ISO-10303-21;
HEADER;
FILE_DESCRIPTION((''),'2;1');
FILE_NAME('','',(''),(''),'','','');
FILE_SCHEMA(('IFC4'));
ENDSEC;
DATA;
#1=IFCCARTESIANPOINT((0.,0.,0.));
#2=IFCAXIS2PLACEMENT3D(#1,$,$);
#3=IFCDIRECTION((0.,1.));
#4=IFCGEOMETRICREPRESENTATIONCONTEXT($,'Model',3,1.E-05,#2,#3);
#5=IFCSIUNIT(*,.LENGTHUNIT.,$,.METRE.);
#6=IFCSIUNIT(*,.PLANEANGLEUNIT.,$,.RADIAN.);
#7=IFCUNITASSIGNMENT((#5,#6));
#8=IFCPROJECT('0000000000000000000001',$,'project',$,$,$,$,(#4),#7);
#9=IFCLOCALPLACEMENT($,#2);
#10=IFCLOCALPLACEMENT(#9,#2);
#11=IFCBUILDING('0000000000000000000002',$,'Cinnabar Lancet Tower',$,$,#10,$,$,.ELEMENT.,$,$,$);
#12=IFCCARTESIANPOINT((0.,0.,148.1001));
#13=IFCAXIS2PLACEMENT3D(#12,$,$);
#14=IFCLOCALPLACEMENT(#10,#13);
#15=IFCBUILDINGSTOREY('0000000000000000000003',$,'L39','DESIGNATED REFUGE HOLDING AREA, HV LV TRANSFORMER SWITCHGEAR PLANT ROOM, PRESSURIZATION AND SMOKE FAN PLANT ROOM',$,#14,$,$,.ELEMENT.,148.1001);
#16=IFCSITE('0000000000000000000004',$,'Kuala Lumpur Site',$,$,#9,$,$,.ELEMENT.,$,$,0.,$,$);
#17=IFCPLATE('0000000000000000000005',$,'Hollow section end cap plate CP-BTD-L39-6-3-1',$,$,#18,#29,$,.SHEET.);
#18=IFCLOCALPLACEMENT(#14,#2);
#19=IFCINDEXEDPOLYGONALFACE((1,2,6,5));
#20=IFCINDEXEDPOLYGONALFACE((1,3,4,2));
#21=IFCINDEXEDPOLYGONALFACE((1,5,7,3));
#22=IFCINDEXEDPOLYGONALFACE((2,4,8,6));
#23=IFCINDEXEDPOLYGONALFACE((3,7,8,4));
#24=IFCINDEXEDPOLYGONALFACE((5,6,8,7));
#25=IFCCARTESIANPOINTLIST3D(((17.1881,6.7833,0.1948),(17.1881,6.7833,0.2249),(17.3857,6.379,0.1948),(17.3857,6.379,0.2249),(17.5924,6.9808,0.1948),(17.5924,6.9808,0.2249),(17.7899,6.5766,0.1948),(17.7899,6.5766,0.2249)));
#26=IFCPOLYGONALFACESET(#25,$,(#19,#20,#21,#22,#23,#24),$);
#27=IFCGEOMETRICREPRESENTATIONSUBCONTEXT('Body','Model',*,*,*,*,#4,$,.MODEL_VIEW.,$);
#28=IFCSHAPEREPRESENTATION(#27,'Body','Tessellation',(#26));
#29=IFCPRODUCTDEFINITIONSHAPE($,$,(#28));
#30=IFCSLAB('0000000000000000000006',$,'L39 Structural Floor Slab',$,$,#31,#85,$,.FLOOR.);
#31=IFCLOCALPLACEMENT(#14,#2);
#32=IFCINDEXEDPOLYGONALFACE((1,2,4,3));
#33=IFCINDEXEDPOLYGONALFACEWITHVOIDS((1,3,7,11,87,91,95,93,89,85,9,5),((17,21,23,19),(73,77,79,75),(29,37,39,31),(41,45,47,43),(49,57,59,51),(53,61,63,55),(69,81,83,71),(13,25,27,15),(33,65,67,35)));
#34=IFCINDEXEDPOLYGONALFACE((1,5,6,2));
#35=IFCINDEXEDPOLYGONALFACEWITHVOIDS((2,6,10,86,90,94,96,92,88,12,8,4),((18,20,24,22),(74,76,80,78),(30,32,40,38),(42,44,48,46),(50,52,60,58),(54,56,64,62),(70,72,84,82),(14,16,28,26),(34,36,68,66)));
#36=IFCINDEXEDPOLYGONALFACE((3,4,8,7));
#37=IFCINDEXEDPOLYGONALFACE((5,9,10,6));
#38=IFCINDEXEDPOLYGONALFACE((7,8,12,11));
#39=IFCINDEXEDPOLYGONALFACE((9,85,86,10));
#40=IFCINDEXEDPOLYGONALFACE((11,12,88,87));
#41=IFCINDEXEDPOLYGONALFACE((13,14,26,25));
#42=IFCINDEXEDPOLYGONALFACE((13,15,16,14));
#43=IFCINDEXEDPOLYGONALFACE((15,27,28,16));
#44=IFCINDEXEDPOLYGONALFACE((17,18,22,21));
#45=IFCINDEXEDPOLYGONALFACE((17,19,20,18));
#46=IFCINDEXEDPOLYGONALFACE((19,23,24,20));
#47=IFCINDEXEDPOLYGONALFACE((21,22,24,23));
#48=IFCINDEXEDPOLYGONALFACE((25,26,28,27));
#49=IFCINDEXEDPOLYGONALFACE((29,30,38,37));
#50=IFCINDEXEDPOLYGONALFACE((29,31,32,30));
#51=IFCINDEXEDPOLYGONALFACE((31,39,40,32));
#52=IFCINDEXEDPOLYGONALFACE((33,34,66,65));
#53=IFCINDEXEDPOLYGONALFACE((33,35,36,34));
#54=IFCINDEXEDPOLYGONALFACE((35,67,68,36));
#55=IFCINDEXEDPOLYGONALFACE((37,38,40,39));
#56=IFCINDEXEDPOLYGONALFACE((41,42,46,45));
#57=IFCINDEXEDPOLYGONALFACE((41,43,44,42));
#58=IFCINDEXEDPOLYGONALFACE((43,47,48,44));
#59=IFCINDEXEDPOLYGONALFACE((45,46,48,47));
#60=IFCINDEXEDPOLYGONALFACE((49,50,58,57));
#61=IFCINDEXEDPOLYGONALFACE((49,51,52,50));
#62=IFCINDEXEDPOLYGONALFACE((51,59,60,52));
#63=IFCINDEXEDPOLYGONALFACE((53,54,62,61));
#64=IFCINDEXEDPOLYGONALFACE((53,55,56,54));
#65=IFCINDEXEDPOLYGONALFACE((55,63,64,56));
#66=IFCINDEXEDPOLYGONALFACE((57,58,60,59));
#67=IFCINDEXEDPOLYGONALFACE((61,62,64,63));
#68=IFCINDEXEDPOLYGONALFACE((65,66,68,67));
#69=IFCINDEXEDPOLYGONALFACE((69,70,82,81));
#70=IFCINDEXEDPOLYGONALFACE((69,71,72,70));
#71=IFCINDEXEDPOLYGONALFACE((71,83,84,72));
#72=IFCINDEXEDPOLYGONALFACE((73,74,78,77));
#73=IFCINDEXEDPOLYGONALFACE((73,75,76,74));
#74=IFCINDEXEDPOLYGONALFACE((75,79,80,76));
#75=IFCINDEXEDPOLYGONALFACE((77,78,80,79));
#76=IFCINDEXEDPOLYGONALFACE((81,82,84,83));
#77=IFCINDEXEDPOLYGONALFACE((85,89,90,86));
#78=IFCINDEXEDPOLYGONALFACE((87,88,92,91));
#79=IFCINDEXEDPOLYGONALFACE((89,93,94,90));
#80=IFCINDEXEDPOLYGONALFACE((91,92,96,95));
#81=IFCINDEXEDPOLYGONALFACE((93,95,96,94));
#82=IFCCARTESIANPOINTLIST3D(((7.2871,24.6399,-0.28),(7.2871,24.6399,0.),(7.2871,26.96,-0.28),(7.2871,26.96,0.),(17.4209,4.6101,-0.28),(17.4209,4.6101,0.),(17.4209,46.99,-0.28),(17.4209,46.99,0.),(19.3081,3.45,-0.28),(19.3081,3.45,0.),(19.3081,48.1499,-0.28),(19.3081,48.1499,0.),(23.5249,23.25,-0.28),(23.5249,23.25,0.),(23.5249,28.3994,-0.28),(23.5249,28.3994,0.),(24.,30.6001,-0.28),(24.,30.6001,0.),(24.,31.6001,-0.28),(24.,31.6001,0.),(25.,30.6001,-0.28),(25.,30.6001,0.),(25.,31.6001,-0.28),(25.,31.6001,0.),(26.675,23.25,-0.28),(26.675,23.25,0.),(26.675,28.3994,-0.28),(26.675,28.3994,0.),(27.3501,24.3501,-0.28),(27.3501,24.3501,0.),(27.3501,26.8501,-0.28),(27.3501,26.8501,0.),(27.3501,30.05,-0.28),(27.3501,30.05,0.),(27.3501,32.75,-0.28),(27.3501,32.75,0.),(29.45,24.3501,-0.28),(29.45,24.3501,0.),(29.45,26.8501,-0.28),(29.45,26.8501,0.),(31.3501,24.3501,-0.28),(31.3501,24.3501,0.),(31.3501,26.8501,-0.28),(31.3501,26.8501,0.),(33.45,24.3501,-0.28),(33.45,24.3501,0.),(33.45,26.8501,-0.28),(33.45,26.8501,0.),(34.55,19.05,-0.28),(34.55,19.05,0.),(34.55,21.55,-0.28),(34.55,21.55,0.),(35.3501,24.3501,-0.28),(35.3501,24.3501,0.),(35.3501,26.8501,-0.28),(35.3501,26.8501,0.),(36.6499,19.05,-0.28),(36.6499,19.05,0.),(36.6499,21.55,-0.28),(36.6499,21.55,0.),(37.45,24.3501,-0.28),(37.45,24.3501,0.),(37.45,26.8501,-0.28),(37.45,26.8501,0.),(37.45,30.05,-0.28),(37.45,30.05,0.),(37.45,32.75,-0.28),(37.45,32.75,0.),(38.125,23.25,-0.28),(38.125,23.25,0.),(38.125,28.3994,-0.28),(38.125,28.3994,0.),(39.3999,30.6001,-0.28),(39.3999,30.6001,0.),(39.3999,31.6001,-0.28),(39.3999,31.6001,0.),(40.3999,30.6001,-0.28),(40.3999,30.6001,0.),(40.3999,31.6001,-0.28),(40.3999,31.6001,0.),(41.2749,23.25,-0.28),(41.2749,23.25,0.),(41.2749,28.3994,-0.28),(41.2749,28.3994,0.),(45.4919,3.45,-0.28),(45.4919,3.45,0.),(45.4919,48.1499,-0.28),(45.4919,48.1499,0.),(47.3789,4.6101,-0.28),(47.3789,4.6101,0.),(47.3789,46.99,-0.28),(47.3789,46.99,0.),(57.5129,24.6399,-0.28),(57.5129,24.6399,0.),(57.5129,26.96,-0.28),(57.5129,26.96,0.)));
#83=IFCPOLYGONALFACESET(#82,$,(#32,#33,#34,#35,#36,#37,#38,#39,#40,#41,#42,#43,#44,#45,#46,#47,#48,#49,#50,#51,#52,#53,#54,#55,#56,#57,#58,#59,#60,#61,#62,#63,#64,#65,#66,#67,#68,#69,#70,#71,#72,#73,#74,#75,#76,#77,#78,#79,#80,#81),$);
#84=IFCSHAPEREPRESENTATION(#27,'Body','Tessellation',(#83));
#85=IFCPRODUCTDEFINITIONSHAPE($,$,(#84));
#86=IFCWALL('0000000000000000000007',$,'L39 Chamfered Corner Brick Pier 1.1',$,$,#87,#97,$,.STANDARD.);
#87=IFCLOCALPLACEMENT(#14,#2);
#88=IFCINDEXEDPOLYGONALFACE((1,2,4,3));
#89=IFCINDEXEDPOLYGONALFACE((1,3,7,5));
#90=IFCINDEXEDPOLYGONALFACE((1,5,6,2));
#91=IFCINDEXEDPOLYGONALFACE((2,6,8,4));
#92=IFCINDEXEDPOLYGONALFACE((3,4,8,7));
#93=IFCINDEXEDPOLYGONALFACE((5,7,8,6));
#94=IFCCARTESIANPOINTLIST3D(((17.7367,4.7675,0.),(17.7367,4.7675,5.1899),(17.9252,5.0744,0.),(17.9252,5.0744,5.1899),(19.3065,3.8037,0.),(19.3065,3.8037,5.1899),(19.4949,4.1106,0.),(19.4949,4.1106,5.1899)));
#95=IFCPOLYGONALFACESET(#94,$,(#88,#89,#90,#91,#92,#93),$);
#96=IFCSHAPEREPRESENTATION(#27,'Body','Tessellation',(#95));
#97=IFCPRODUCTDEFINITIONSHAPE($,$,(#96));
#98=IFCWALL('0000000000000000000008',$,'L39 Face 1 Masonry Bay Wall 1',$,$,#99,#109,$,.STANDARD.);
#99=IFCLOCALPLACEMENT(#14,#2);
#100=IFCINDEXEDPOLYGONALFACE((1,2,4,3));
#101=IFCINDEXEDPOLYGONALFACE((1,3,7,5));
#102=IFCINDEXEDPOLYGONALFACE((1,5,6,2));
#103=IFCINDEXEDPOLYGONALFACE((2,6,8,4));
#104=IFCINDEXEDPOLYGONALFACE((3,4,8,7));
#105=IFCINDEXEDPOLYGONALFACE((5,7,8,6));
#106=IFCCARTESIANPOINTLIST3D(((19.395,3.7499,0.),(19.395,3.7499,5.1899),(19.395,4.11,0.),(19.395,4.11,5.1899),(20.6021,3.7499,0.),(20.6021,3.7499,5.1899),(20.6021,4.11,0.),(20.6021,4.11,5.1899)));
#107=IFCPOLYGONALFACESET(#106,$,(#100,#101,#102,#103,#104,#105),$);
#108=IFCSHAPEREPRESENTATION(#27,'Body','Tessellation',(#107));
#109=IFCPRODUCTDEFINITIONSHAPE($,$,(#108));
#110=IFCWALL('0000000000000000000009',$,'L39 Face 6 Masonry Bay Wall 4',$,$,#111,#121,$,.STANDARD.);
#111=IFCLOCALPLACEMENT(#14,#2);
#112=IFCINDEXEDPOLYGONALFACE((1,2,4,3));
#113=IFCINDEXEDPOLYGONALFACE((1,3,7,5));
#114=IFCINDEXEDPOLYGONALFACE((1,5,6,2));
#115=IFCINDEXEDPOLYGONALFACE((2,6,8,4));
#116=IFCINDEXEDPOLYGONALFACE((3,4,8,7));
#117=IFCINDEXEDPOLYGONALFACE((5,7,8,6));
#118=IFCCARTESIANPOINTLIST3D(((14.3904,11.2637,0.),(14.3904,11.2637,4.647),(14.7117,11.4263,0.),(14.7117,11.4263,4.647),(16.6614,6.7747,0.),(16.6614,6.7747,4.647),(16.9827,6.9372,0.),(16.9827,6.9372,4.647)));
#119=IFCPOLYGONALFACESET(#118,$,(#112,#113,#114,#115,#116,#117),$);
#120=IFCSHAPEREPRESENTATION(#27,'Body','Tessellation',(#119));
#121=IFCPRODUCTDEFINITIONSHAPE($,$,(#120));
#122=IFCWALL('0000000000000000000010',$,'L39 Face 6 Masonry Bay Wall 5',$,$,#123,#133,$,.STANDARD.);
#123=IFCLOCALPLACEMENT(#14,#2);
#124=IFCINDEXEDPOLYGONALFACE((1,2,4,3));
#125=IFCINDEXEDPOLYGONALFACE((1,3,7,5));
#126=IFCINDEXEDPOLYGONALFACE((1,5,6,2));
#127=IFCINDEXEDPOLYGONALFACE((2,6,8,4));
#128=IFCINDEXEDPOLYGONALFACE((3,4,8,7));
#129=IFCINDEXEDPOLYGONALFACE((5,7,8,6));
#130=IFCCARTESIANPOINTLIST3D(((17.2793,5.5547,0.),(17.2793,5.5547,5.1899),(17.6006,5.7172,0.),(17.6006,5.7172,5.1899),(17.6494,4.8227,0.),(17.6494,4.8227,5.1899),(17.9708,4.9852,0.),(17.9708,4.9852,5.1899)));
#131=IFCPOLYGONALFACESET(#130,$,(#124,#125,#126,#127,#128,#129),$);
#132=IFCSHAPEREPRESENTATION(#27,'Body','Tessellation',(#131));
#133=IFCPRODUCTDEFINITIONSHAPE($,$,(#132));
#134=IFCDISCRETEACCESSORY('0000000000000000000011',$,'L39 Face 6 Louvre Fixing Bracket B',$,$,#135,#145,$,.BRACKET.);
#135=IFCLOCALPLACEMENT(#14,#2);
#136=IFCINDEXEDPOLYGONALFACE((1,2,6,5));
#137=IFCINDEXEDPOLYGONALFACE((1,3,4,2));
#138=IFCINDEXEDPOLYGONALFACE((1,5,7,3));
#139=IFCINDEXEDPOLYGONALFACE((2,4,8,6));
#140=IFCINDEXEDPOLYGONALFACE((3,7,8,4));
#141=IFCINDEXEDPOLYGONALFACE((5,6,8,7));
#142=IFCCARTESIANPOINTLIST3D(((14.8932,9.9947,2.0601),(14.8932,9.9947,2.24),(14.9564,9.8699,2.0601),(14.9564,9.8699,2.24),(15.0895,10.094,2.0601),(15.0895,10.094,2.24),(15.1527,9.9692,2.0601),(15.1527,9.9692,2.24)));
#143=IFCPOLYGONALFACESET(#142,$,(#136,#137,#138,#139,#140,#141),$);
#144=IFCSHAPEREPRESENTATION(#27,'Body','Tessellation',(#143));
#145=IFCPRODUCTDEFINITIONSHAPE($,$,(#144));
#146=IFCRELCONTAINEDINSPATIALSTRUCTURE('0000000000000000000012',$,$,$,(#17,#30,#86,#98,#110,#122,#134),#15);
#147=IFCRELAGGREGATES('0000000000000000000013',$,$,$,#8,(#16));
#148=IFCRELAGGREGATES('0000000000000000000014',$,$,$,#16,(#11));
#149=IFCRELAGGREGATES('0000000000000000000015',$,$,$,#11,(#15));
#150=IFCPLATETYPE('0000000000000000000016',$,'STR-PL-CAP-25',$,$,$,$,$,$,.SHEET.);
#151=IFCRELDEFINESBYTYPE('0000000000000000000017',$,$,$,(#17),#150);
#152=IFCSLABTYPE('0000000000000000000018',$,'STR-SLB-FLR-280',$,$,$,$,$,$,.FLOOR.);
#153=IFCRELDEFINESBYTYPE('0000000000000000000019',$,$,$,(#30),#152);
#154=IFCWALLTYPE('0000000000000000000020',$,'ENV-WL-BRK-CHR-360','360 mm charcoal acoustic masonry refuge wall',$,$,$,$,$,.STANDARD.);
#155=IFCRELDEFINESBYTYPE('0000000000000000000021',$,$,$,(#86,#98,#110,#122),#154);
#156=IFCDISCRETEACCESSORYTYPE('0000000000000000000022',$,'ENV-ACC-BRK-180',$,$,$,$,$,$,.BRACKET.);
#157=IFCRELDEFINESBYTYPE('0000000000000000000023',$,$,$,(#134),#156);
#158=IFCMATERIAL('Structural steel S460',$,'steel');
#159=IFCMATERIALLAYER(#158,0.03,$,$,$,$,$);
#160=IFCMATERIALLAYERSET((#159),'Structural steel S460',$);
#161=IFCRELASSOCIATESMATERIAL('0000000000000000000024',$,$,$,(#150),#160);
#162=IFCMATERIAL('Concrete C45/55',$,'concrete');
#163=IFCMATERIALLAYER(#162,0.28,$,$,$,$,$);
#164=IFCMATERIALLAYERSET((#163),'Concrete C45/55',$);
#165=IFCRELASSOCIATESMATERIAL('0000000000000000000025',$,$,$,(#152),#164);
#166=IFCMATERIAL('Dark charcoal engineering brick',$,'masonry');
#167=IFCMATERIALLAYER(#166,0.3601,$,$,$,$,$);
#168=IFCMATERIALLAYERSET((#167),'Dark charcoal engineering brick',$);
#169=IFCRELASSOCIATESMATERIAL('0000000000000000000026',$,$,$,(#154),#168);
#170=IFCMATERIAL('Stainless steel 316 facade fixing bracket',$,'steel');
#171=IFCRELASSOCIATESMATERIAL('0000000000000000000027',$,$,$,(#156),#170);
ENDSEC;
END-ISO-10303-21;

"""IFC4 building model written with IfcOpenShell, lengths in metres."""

from ifc_helpers import new_model, si_unit, direction, frame, frame_2d, origin, origin_2d, place, context, subcontext, project, spatial, polyline, rectangle, outline, extrude, material, layer, layer_set, type_object, element, save


model = new_model("IFC4")

# Units and contexts
model_context = context("Model", 3, precision=1e-05, world=origin(), true_north=direction((0.0, 1.0)))
body_context = subcontext(model_context, "Body", "Model", "MODEL_VIEW")
ifc_project = project(units=[si_unit("LENGTHUNIT", "METRE"), si_unit("PLANEANGLEUNIT", "RADIAN")], contexts=[model_context])

# Site, building, storey
site_placement = place(None, origin())
site = spatial("IfcSite", under=ifc_project, at=site_placement, Name="Kuala Lumpur Site", CompositionType="ELEMENT", RefElevation=0.0)
building_placement = place(site_placement, origin())
building = spatial("IfcBuilding", under=site, at=building_placement, Name="Cinnabar Lancet Tower", CompositionType="ELEMENT")
storey_placement = place(building_placement, frame((0.0, 0.0, 148.1001)))
storey = spatial("IfcBuildingStorey", under=building, at=storey_placement, Name="L39", Description="DESIGNATED REFUGE HOLDING AREA, HV LV TRANSFORMER SWITCHGEAR PLANT ROOM, PRESSURIZATION AND SMOKE FAN PLANT ROOM", CompositionType="ELEMENT", Elevation=148.1001)

# Plate
ifc_material_1 = material(Name="Structural steel S460", Category="steel")
ifc_layer_1 = layer(ifc_material_1, 0.03)
ifc_layer_set_1 = layer_set([ifc_layer_1], Name="Structural steel S460")
plate_type = type_object("IfcPlateType", Name="STR-PL-CAP-25", PredefinedType="SHEET", material=ifc_layer_set_1)
for number, where, z_axis, x_axis, name in (
    (1, (17.489, 6.6799, 0.1948), (0.0, 0.0, 1.0), (0.439061, -0.898457, 0.0), "Hollow section end cap plate CP-BTD-L39-6-3-1"),
):
    element("IfcPlate", number, at=place(storey_placement, frame(where, z_axis=z_axis, x_axis=x_axis)), inside=storey, type_object=plate_type, Name=name, PredefinedType="SHEET", context=body_context, shape_type="SweptSolid", body=[
        extrude(rectangle(XDim=0.45, YDim=0.45, at=origin_2d()), origin(), (0.0, 0.0, 1.0), 0.03),
    ])

# Slab
ifc_material_2 = material(Name="Concrete C45/55", Category="concrete")
ifc_layer_2 = layer(ifc_material_2, 0.28)
ifc_layer_set_2 = layer_set([ifc_layer_2], Name="Concrete C45/55")
slab_type_1 = type_object("IfcSlabType", Name="STR-SLB-FLR-280", PredefinedType="FLOOR", material=ifc_layer_set_2)
slab_1_placement = place(storey_placement, frame((0.0, 0.0, -0.28)))
element("IfcSlab", 2, at=slab_1_placement, inside=storey, type_object=slab_type_1, Name="L39 Structural Floor Slab", PredefinedType="FLOOR", context=body_context, shape_type="SweptSolid", body=[
    extrude(outline(polyline([(17.4209, 4.6101), (19.3081, 3.45), (45.4919, 3.45), (47.3789, 4.6101), (57.5129, 24.6399), (57.5129, 26.96), (47.3789, 46.99), (45.4919, 48.1499), (19.3081, 48.1499), (17.4209, 46.99), (7.2871, 26.96), (7.2871, 24.6399), (17.4209, 4.6101)]), holes=[polyline([(23.5249, 23.25), (26.675, 23.25), (26.675, 28.3994), (23.5249, 28.3994), (23.5249, 23.25)]), polyline([(38.125, 23.25), (41.2749, 23.25), (41.2749, 28.3994), (38.125, 28.3994), (38.125, 23.25)]), polyline([(27.3501, 30.05), (37.45, 30.05), (37.45, 32.75), (27.3501, 32.75), (27.3501, 30.05)]), polyline([(34.55, 19.05), (36.6499, 19.05), (36.6499, 21.55), (34.55, 21.55), (34.55, 19.05)]), polyline([(27.3501, 24.3501), (29.45, 24.3501), (29.45, 26.8501), (27.3501, 26.8501), (27.3501, 24.3501)]), polyline([(35.3501, 24.3501), (37.45, 24.3501), (37.45, 26.8501), (35.3501, 26.8501), (35.3501, 24.3501)]), polyline([(31.3501, 24.3501), (33.45, 24.3501), (33.45, 26.8501), (31.3501, 26.8501), (31.3501, 24.3501)]), polyline([(24.0, 30.6001), (25.0, 30.6001), (25.0, 31.6001), (24.0, 31.6001), (24.0, 30.6001)]), polyline([(39.3999, 30.6001), (40.3999, 30.6001), (40.3999, 31.6001), (39.3999, 31.6001), (39.3999, 30.6001)])]), origin(), (0.0, 0.0, 1.0), 0.28),
])

# Walls
ifc_material_3 = material(Name="Dark charcoal engineering brick", Category="masonry")
ifc_layer_3 = layer(ifc_material_3, 0.3601)
ifc_layer_set_3 = layer_set([ifc_layer_3], Name="Dark charcoal engineering brick")
wall_type = type_object("IfcWallType", Name="ENV-WL-BRK-CHR-360", Description="360 mm charcoal acoustic masonry refuge wall", PredefinedType="STANDARD", material=ifc_layer_set_3)
wall_1_placement = place(storey_placement, frame((17.8311, 4.9209, 0.0), z_axis=(0.0, 0.0, 1.0), x_axis=(0.852186, -0.523239, 0.0)))
element("IfcWall", 3, at=wall_1_placement, inside=storey, type_object=wall_type, Name="L39 Chamfered Corner Brick Pier 1.1", PredefinedType="STANDARD", context=body_context, shape_type="SweptSolid", body=[
    extrude(rectangle(XDim=1.842, YDim=0.3601, at=frame_2d((0.9209, 0.0))), origin(), (0.0, 0.0, 1.0), 5.1899),
])
wall_2_placement = place(storey_placement, frame((19.395, 3.9299, 0.0), z_axis=(0.0, 0.0, 1.0), x_axis=(1.0, 0.0, 0.0)))
element("IfcWall", 4, at=wall_2_placement, inside=storey, type_object=wall_type, Name="L39 Face 1 Masonry Bay Wall 1", PredefinedType="STANDARD", context=body_context, shape_type="SweptSolid", body=[
    extrude(rectangle(XDim=1.207, YDim=0.3601, at=frame_2d((0.6035, 0.0))), origin(), (0.0, 0.0, 1.0), 5.1899),
])
wall_3_placement = place(storey_placement, frame((14.551, 11.345, 0.0), z_axis=(0.0, 0.0, 1.0), x_axis=(0.451421, -0.892311, 0.0)))
element("IfcWall", 5, at=wall_3_placement, inside=storey, type_object=wall_type, Name="L39 Face 6 Masonry Bay Wall 4", PredefinedType="STANDARD", context=body_context, shape_type="SweptSolid", body=[
    extrude(rectangle(XDim=5.0308, YDim=0.3601, at=frame_2d((2.5154, 0.0))), origin(), (0.0, 0.0, 1.0), 4.647),
])
wall_4_placement = place(storey_placement, frame((17.4399, 5.636, 0.0), z_axis=(0.0, 0.0, 1.0), x_axis=(0.451257, -0.892394, 0.0)))
element("IfcWall", 6, at=wall_4_placement, inside=storey, type_object=wall_type, Name="L39 Face 6 Masonry Bay Wall 5", PredefinedType="STANDARD", context=body_context, shape_type="SweptSolid", body=[
    extrude(rectangle(XDim=0.8203, YDim=0.3601, at=frame_2d((0.4102, 0.0))), origin(), (0.0, 0.0, 1.0), 5.1899),
])

# Discrete accessory
ifc_material_4 = material(Name="Stainless steel 316 facade fixing bracket", Category="steel")
discrete_accessory_type = type_object("IfcDiscreteAccessoryType", Name="ENV-ACC-BRK-180", PredefinedType="BRACKET", material=ifc_material_4)
discrete_accessory_placement = place(storey_placement, frame((15.0229, 9.9819, 2.0601), z_axis=(0.0, 0.0, 1.0), x_axis=(0.451423, -0.89231, 0.0)))
element("IfcDiscreteAccessory", 7, at=discrete_accessory_placement, inside=storey, type_object=discrete_accessory_type, Name="L39 Face 6 Louvre Fixing Bracket B", PredefinedType="BRACKET", context=body_context, shape_type="SweptSolid", body=[
    extrude(rectangle(XDim=0.1399, YDim=0.22, at=origin_2d()), origin(), (0.0, 0.0, 1.0), 0.1799),
])

save(model, "model.ifc")
